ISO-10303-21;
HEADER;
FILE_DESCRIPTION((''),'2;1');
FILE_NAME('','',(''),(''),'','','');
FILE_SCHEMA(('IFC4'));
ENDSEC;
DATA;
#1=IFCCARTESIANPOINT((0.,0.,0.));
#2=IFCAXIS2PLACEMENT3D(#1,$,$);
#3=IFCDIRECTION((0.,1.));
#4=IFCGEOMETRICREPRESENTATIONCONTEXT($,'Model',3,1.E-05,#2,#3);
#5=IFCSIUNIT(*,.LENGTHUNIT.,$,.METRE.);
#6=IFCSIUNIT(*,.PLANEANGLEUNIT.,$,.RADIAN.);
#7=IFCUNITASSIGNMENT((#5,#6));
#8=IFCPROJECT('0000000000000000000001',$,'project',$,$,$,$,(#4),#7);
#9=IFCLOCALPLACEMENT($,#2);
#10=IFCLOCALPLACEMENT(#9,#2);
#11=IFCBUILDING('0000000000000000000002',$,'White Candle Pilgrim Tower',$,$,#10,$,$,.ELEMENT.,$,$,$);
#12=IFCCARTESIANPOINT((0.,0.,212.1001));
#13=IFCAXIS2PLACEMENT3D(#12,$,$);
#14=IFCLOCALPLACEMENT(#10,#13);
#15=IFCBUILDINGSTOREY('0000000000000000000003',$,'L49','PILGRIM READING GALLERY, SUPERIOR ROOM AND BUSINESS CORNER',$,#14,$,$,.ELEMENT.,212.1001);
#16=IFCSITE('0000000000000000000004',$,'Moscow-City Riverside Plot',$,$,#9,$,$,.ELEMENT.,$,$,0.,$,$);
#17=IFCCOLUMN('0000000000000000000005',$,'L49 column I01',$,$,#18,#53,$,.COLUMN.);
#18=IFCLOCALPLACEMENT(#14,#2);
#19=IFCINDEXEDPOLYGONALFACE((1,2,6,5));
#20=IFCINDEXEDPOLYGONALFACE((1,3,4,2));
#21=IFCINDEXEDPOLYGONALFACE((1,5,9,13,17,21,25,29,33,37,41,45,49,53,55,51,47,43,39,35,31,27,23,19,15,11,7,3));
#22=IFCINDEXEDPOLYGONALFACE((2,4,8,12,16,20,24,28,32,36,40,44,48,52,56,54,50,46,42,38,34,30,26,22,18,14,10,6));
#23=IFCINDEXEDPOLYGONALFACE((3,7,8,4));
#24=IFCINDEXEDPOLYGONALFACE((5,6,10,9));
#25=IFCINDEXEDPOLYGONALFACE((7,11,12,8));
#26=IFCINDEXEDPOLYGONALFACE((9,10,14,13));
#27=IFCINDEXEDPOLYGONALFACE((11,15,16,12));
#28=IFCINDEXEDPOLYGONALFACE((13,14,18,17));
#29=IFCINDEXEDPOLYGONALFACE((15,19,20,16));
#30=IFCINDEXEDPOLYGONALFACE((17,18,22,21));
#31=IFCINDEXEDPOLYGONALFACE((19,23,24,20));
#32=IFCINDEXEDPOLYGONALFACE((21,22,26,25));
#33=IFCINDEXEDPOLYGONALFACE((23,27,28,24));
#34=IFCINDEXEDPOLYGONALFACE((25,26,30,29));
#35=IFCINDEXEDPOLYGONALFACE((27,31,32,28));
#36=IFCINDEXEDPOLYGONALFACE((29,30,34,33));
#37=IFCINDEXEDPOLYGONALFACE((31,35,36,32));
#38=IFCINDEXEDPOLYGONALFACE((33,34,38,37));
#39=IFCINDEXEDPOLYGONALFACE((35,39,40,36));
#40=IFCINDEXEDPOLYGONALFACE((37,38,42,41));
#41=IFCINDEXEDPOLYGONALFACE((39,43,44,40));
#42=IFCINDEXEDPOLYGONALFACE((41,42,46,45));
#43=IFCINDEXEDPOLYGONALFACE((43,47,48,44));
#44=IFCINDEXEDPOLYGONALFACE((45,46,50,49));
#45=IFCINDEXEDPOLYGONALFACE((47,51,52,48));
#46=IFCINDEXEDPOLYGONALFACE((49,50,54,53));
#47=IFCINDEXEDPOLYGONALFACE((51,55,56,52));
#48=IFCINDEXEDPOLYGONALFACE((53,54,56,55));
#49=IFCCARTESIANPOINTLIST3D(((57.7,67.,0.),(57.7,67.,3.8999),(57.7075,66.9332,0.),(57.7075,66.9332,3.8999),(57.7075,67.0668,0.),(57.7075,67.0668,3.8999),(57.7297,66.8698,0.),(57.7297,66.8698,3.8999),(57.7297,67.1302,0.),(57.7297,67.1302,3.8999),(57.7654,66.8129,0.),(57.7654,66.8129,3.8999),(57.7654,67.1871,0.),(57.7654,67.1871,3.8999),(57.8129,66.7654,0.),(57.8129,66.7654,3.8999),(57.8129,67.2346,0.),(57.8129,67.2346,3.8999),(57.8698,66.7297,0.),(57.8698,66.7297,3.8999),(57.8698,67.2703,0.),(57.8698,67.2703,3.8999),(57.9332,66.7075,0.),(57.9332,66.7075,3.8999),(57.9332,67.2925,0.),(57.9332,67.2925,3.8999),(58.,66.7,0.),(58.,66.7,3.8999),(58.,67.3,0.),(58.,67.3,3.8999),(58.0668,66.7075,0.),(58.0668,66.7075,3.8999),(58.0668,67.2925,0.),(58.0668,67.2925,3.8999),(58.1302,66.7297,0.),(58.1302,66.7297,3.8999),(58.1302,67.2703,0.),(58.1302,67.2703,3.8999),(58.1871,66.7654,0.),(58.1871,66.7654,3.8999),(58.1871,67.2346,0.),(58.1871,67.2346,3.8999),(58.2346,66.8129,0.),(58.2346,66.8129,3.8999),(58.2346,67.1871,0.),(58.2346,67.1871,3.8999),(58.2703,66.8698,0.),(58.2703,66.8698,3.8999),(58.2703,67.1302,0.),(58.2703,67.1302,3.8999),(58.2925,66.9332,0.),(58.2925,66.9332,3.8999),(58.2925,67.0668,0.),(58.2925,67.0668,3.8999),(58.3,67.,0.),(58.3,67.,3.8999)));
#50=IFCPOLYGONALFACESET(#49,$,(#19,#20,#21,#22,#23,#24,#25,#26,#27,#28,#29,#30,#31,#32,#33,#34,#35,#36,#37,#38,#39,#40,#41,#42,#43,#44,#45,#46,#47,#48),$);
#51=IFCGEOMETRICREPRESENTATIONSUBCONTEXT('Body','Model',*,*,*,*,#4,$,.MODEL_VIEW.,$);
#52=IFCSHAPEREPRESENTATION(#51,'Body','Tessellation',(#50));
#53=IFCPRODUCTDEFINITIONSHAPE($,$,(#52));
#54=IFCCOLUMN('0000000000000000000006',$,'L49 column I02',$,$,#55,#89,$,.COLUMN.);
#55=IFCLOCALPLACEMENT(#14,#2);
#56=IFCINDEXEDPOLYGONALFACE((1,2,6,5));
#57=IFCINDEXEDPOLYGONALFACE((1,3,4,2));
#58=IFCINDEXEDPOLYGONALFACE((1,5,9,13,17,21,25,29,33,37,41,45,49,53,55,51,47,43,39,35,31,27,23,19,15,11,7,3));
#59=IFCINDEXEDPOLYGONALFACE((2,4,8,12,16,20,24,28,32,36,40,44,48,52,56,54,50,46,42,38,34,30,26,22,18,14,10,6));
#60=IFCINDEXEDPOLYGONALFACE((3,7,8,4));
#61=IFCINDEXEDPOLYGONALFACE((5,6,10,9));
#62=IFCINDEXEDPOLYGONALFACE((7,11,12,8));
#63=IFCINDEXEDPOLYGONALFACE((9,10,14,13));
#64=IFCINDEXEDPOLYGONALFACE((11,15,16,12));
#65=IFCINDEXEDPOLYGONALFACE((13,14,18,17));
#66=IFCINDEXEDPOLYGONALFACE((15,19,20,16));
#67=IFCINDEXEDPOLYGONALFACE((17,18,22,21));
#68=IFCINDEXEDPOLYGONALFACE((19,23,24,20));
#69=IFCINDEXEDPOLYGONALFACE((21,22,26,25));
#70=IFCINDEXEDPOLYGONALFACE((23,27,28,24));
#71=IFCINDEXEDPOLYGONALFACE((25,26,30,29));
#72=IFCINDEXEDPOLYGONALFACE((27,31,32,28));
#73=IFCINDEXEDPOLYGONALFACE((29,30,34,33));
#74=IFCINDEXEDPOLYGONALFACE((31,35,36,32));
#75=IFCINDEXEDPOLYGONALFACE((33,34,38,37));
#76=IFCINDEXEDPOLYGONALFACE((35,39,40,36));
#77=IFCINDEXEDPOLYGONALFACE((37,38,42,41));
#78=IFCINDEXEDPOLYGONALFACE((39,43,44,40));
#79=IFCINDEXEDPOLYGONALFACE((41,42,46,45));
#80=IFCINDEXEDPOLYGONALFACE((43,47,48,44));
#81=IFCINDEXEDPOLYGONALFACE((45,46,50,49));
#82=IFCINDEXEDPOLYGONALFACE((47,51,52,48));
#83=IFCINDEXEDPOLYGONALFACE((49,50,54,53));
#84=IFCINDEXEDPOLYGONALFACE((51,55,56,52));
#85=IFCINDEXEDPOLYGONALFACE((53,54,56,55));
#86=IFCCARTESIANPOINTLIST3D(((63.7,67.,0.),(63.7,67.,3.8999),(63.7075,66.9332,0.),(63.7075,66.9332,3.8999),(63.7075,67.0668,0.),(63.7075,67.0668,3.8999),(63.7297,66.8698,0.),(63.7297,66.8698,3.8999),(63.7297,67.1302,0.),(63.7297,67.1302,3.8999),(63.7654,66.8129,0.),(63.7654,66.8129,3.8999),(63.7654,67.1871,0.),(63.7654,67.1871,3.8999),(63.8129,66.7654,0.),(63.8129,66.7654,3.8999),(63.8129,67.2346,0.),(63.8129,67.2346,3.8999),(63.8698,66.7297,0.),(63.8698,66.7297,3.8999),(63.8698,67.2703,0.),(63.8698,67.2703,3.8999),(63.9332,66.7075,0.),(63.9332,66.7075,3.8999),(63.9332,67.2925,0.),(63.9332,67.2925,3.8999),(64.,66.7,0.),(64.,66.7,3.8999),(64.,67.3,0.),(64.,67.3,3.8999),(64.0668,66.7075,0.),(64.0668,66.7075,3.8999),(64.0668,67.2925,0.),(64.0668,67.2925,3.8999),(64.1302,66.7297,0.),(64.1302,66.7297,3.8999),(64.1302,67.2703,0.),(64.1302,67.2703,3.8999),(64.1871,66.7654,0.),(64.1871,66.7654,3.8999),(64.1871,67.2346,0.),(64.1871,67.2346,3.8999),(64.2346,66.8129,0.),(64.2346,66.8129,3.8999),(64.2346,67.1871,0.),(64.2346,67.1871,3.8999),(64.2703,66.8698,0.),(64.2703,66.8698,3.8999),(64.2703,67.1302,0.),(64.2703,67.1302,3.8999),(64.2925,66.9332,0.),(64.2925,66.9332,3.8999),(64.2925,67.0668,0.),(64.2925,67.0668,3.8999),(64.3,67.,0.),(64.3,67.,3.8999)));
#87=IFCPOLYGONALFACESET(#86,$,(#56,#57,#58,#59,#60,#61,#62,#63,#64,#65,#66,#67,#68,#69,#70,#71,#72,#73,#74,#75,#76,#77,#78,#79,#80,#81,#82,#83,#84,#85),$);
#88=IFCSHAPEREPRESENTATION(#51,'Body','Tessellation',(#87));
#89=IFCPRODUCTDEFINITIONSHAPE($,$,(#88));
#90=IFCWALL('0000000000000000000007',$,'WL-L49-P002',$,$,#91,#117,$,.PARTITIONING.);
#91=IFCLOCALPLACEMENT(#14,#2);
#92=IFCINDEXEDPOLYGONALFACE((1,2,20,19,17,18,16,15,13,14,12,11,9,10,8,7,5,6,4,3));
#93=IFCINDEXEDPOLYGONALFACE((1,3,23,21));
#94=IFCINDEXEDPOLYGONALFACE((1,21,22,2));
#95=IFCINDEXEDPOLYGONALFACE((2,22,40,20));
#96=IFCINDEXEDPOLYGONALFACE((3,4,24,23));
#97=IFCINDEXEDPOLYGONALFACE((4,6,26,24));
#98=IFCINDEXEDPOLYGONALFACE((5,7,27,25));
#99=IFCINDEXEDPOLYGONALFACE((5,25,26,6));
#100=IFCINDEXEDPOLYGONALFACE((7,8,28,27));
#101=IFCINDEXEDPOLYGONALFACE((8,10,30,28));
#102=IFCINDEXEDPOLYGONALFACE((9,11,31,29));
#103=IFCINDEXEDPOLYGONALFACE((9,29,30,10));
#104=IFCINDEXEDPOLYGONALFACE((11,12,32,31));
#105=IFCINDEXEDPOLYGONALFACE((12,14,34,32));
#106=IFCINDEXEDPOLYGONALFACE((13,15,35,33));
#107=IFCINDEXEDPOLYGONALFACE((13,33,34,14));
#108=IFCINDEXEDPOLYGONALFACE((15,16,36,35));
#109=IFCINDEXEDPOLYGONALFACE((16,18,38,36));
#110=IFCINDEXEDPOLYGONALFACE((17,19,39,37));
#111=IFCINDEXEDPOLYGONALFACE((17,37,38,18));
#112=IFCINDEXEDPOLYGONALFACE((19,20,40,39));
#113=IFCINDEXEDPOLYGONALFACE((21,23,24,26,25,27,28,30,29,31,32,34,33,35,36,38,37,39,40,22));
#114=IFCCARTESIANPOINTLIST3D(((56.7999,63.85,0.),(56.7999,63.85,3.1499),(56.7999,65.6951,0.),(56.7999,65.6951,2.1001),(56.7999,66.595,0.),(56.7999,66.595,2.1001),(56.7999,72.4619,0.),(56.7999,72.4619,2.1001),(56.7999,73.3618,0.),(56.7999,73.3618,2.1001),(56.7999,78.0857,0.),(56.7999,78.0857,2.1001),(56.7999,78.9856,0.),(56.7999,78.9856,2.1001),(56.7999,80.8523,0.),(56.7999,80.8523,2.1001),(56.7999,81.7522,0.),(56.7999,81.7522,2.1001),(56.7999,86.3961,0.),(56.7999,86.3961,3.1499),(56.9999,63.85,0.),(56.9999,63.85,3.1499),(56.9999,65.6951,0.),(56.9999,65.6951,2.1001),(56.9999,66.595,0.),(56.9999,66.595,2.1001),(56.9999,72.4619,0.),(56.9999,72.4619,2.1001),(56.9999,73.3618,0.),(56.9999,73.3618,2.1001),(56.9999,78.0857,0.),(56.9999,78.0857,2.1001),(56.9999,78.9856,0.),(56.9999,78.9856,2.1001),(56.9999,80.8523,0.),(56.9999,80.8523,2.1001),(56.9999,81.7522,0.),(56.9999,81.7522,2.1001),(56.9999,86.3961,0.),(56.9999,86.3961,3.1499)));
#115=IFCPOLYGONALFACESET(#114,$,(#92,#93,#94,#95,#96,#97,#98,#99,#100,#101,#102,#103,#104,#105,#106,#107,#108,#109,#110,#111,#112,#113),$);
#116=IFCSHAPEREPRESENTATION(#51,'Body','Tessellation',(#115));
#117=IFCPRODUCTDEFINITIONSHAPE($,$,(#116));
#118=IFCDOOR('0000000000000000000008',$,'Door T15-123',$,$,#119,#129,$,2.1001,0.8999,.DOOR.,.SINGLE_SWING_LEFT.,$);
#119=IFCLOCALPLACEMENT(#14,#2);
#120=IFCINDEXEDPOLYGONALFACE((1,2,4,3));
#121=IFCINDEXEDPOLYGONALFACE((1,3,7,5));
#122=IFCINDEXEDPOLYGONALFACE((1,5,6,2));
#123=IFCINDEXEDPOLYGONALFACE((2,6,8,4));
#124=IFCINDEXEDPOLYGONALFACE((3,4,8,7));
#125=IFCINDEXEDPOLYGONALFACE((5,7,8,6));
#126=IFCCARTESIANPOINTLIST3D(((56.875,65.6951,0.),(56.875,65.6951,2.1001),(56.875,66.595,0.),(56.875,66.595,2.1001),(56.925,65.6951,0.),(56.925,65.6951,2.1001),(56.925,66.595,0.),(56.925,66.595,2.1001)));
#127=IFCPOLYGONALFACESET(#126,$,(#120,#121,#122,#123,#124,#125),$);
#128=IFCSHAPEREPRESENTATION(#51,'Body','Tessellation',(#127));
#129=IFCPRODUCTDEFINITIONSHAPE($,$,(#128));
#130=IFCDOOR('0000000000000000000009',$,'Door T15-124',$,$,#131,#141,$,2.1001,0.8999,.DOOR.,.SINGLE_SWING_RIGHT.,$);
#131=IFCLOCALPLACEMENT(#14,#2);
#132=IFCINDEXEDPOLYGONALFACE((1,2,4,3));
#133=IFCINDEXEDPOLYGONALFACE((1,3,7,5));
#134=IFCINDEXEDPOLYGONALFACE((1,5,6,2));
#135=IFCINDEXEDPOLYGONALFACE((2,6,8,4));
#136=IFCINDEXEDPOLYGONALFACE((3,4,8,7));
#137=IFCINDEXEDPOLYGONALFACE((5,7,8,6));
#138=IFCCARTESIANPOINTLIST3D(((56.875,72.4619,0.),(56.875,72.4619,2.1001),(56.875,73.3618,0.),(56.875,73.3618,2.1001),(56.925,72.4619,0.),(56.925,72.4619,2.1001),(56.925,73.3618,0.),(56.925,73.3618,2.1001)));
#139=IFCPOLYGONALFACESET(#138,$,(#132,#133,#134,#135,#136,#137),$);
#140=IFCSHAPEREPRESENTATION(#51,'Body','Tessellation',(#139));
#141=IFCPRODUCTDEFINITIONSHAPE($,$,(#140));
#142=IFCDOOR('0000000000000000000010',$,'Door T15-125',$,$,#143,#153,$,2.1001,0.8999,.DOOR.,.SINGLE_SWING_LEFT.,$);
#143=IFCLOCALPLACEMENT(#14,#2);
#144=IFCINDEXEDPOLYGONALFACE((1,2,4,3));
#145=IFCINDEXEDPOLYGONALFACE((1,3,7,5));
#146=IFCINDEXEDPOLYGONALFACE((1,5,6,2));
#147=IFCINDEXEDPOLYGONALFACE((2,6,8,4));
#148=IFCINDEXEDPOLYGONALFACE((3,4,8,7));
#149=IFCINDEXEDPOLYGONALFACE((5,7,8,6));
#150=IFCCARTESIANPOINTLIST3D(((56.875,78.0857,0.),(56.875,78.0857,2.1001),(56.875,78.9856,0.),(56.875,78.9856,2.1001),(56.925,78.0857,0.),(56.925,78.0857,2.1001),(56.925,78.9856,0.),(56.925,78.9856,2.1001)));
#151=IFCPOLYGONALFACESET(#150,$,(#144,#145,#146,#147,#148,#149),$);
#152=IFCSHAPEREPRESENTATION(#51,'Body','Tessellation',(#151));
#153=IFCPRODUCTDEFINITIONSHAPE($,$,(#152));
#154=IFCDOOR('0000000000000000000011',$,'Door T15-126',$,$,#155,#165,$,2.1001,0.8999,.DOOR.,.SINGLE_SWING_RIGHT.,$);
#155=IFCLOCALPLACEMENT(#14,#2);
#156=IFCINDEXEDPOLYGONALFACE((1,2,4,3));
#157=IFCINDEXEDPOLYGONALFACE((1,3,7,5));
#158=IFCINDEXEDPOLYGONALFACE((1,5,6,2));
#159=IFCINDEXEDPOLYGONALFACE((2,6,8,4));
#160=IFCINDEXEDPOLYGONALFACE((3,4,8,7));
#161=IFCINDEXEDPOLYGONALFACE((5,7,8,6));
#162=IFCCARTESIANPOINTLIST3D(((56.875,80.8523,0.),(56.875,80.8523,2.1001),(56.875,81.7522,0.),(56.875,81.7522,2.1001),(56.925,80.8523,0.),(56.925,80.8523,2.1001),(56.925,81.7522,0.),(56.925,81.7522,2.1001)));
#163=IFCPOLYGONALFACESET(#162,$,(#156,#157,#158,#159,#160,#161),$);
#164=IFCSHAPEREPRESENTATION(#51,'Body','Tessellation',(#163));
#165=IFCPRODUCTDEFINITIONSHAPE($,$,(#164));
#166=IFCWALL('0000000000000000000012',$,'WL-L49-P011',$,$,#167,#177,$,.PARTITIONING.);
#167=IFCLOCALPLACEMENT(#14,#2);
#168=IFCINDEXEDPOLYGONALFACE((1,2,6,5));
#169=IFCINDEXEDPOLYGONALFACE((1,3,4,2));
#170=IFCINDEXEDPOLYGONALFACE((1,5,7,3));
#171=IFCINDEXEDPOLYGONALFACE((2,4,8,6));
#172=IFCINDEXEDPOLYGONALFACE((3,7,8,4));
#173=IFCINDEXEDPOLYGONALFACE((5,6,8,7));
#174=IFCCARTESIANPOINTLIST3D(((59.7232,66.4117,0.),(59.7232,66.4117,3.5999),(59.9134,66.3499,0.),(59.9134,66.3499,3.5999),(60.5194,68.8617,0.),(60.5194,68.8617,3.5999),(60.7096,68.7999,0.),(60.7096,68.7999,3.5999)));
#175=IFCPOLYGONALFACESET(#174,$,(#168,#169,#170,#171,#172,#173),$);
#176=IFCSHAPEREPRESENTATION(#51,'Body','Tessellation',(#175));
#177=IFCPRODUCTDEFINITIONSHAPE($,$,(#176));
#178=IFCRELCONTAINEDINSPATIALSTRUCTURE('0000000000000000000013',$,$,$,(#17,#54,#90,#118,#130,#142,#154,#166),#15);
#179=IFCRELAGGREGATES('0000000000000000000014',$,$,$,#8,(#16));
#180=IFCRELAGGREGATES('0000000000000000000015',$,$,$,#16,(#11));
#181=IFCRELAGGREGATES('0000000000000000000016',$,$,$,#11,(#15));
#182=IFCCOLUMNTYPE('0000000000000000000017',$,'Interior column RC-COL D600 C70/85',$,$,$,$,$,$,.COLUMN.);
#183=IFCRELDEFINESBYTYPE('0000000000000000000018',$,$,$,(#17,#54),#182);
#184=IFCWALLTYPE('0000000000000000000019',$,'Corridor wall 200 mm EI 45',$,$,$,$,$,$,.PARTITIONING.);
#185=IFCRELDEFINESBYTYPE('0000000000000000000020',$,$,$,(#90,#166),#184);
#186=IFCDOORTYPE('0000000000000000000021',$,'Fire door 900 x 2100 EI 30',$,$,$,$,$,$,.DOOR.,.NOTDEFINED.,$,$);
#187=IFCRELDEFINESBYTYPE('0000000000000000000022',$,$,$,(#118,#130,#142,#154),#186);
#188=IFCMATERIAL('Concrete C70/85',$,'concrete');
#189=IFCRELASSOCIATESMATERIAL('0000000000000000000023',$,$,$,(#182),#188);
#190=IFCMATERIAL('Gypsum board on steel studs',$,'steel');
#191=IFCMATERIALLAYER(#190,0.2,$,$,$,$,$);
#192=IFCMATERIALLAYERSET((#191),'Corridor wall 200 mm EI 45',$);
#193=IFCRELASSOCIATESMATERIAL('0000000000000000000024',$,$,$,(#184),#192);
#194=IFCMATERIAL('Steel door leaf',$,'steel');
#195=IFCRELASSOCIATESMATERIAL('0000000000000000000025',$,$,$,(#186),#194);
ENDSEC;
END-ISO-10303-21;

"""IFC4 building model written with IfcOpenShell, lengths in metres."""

from ifc_helpers import new_model, si_unit, direction, frame, frame_2d, origin, origin_2d, place, context, subcontext, project, spatial, rectangle, circle, extrude, material, layer, layer_set, material_profile, profile_set, type_object, element, fill, save


model = new_model("IFC4")

# Units and contexts
model_context = context("Model", 3, precision=1e-05, world=origin(), true_north=direction((0.0, 1.0)))
body_context = subcontext(model_context, "Body", "Model", "MODEL_VIEW")
ifc_project = project(units=[si_unit("LENGTHUNIT", "METRE"), si_unit("PLANEANGLEUNIT", "RADIAN")], contexts=[model_context])

# Site, building, storey
site_placement = place(None, origin())
site = spatial("IfcSite", under=ifc_project, at=site_placement, Name="Moscow-City Riverside Plot", CompositionType="ELEMENT", RefElevation=0.0)
building_placement = place(site_placement, origin())
building = spatial("IfcBuilding", under=site, at=building_placement, Name="White Candle Pilgrim Tower", CompositionType="ELEMENT")
storey_placement = place(building_placement, frame((0.0, 0.0, 212.1001)))
storey = spatial("IfcBuildingStorey", under=building, at=storey_placement, Name="L49", Description="PILGRIM READING GALLERY, SUPERIOR ROOM AND BUSINESS CORNER", CompositionType="ELEMENT", Elevation=212.1001)

# Columns
ifc_material_1 = material(Name="Concrete C70/85", Category="concrete")
ifc_material_profile = material_profile(ifc_material_1, circle(Radius=0.3, at=origin_2d()), Name="RC-COL D600")
ifc_profile_set = profile_set([ifc_material_profile], Name="Concrete C70/85")
column_type = type_object("IfcColumnType", Name="Interior column RC-COL D600 C70/85", PredefinedType="COLUMN", material=ifc_profile_set)
for number, where, z_axis, x_axis, name in (
    (1, (58.0, 67.0, 0.0), (0.0, 0.0, 1.0), (1.0, 0.0, 0.0), "L49 column I01"),
    (2, (64.0, 67.0, 0.0), (0.0, 0.0, 1.0), (1.0, 0.0, 0.0), "L49 column I02"),
):
    element("IfcColumn", number, at=place(storey_placement, frame(where, z_axis=z_axis, x_axis=x_axis)), inside=storey, type_object=column_type, Name=name, PredefinedType="COLUMN", context=body_context, shape_type="SweptSolid", body=[
        extrude(circle(Radius=0.3, at=origin_2d()), origin(), (0.0, 0.0, 1.0), 3.8999),
    ])

# Wall, openings, doors
ifc_material_2 = material(Name="Gypsum board on steel studs", Category="steel")
ifc_layer_1 = layer(ifc_material_2, 0.2)
ifc_layer_set_1 = layer_set([ifc_layer_1], Name="Corridor wall 200 mm EI 45")
wall_type_1 = type_object("IfcWallType", Name="Corridor wall 200 mm EI 45", PredefinedType="PARTITIONING", material=ifc_layer_set_1)
wall_1_placement = place(storey_placement, frame((56.8999, 63.8501, 0.0), z_axis=(0.0, 0.0, 1.0), x_axis=(0.0, 1.0, 0.0)))
wall_1 = element("IfcWall", 3, at=wall_1_placement, inside=storey, type_object=wall_type_1, Name="WL-L49-P002", PredefinedType="PARTITIONING", context=body_context, shape_type="SweptSolid", body=[
    extrude(rectangle(XDim=22.5461, YDim=0.2, at=frame_2d((11.2729, 0.0))), origin(), (0.0, 0.0, 1.0), 3.1499),
])
opening_1_placement = place(wall_1_placement, frame((1.845, 0.0, 0.0)))
opening_1 = element("IfcOpeningElement", 4, at=opening_1_placement, cuts=wall_1, PredefinedType="OPENING", context=body_context, shape_type="SweptSolid", body=[
    extrude(rectangle(XDim=0.8999, YDim=2.1001, at=frame_2d((0.45, 1.05))), frame((0.0, 0.1099, 0.0), z_axis=(0.0, -1.0, 0.0), x_axis=(1.0, 0.0, 0.0)), (0.0, 0.0, 1.0), 0.22),
])
opening_2_placement = place(wall_1_placement, frame((8.6118, 0.0, 0.0)))
opening_2 = element("IfcOpeningElement", 5, at=opening_2_placement, cuts=wall_1, PredefinedType="OPENING", context=body_context, shape_type="SweptSolid", body=[
    extrude(rectangle(XDim=0.8999, YDim=2.1001, at=frame_2d((0.45, 1.05))), frame((0.0, 0.1099, 0.0), z_axis=(0.0, -1.0, 0.0), x_axis=(1.0, 0.0, 0.0)), (0.0, 0.0, 1.0), 0.22),
])
opening_3_placement = place(wall_1_placement, frame((14.2356, 0.0, 0.0)))
opening_3 = element("IfcOpeningElement", 6, at=opening_3_placement, cuts=wall_1, PredefinedType="OPENING", context=body_context, shape_type="SweptSolid", body=[
    extrude(rectangle(XDim=0.8999, YDim=2.1001, at=frame_2d((0.45, 1.05))), frame((0.0, 0.1099, 0.0), z_axis=(0.0, -1.0, 0.0), x_axis=(1.0, 0.0, 0.0)), (0.0, 0.0, 1.0), 0.22),
])
opening_4_placement = place(wall_1_placement, frame((17.0022, 0.0, 0.0)))
opening_4 = element("IfcOpeningElement", 7, at=opening_4_placement, cuts=wall_1, PredefinedType="OPENING", context=body_context, shape_type="SweptSolid", body=[
    extrude(rectangle(XDim=0.8999, YDim=2.1001, at=frame_2d((0.45, 1.05))), frame((0.0, 0.1099, 0.0), z_axis=(0.0, -1.0, 0.0), x_axis=(1.0, 0.0, 0.0)), (0.0, 0.0, 1.0), 0.22),
])
ifc_material_3 = material(Name="Steel door leaf", Category="steel")
door_type_1 = type_object("IfcDoorType", Name="Fire door 900 x 2100 EI 30", OperationType="NOTDEFINED", PredefinedType="DOOR", material=ifc_material_3)
door_1_placement = place(opening_1_placement, origin())
door_1 = element("IfcDoor", 8, at=door_1_placement, inside=storey, type_object=door_type_1, Name="Door T15-123", OperationType="SINGLE_SWING_LEFT", OverallHeight=2.1001, OverallWidth=0.8999, PredefinedType="DOOR", context=body_context, shape_type="SweptSolid", body=[
    extrude(rectangle(XDim=0.8999, YDim=2.1001, at=frame_2d((0.45, 1.05))), frame((0.0, 0.0249, 0.0), z_axis=(0.0, -1.0, 0.0), x_axis=(1.0, 0.0, 0.0)), (0.0, 0.0, 1.0), 0.05),
])
fill(opening_1, door_1)
door_2_placement = place(opening_2_placement, origin())
door_2 = element("IfcDoor", 9, at=door_2_placement, inside=storey, type_object=door_type_1, Name="Door T15-124", OperationType="SINGLE_SWING_RIGHT", OverallHeight=2.1001, OverallWidth=0.8999, PredefinedType="DOOR", context=body_context, shape_type="SweptSolid", body=[
    extrude(rectangle(XDim=0.8999, YDim=2.1001, at=frame_2d((0.45, 1.05))), frame((0.0, 0.0249, 0.0), z_axis=(0.0, -1.0, 0.0), x_axis=(1.0, 0.0, 0.0)), (0.0, 0.0, 1.0), 0.05),
])
fill(opening_2, door_2)
door_3_placement = place(opening_3_placement, origin())
door_3 = element("IfcDoor", 10, at=door_3_placement, inside=storey, type_object=door_type_1, Name="Door T15-125", OperationType="SINGLE_SWING_LEFT", OverallHeight=2.1001, OverallWidth=0.8999, PredefinedType="DOOR", context=body_context, shape_type="SweptSolid", body=[
    extrude(rectangle(XDim=0.8999, YDim=2.1001, at=frame_2d((0.45, 1.05))), frame((0.0, 0.0249, 0.0), z_axis=(0.0, -1.0, 0.0), x_axis=(1.0, 0.0, 0.0)), (0.0, 0.0, 1.0), 0.05),
])
fill(opening_3, door_3)
door_4_placement = place(opening_4_placement, origin())
door_4 = element("IfcDoor", 11, at=door_4_placement, inside=storey, type_object=door_type_1, Name="Door T15-126", OperationType="SINGLE_SWING_RIGHT", OverallHeight=2.1001, OverallWidth=0.8999, PredefinedType="DOOR", context=body_context, shape_type="SweptSolid", body=[
    extrude(rectangle(XDim=0.8999, YDim=2.1001, at=frame_2d((0.45, 1.05))), frame((0.0, 0.0249, 0.0), z_axis=(0.0, -1.0, 0.0), x_axis=(1.0, 0.0, 0.0)), (0.0, 0.0, 1.0), 0.05),
])
fill(opening_4, door_4)

# Wall
wall_2_placement = place(storey_placement, frame((60.6145, 68.8308, 0.0), z_axis=(0.0, 0.0, 1.0), x_axis=(-0.309054, -0.951045, 0.0)))
element("IfcWall", 12, at=wall_2_placement, inside=storey, type_object=wall_type_1, Name="WL-L49-P011", PredefinedType="PARTITIONING", context=body_context, shape_type="SweptSolid", body=[
    extrude(rectangle(XDim=2.5762, YDim=0.2, at=frame_2d((1.2881, 0.0))), origin(), (0.0, 0.0, 1.0), 3.5999),
])

save(model, "model.ifc")
